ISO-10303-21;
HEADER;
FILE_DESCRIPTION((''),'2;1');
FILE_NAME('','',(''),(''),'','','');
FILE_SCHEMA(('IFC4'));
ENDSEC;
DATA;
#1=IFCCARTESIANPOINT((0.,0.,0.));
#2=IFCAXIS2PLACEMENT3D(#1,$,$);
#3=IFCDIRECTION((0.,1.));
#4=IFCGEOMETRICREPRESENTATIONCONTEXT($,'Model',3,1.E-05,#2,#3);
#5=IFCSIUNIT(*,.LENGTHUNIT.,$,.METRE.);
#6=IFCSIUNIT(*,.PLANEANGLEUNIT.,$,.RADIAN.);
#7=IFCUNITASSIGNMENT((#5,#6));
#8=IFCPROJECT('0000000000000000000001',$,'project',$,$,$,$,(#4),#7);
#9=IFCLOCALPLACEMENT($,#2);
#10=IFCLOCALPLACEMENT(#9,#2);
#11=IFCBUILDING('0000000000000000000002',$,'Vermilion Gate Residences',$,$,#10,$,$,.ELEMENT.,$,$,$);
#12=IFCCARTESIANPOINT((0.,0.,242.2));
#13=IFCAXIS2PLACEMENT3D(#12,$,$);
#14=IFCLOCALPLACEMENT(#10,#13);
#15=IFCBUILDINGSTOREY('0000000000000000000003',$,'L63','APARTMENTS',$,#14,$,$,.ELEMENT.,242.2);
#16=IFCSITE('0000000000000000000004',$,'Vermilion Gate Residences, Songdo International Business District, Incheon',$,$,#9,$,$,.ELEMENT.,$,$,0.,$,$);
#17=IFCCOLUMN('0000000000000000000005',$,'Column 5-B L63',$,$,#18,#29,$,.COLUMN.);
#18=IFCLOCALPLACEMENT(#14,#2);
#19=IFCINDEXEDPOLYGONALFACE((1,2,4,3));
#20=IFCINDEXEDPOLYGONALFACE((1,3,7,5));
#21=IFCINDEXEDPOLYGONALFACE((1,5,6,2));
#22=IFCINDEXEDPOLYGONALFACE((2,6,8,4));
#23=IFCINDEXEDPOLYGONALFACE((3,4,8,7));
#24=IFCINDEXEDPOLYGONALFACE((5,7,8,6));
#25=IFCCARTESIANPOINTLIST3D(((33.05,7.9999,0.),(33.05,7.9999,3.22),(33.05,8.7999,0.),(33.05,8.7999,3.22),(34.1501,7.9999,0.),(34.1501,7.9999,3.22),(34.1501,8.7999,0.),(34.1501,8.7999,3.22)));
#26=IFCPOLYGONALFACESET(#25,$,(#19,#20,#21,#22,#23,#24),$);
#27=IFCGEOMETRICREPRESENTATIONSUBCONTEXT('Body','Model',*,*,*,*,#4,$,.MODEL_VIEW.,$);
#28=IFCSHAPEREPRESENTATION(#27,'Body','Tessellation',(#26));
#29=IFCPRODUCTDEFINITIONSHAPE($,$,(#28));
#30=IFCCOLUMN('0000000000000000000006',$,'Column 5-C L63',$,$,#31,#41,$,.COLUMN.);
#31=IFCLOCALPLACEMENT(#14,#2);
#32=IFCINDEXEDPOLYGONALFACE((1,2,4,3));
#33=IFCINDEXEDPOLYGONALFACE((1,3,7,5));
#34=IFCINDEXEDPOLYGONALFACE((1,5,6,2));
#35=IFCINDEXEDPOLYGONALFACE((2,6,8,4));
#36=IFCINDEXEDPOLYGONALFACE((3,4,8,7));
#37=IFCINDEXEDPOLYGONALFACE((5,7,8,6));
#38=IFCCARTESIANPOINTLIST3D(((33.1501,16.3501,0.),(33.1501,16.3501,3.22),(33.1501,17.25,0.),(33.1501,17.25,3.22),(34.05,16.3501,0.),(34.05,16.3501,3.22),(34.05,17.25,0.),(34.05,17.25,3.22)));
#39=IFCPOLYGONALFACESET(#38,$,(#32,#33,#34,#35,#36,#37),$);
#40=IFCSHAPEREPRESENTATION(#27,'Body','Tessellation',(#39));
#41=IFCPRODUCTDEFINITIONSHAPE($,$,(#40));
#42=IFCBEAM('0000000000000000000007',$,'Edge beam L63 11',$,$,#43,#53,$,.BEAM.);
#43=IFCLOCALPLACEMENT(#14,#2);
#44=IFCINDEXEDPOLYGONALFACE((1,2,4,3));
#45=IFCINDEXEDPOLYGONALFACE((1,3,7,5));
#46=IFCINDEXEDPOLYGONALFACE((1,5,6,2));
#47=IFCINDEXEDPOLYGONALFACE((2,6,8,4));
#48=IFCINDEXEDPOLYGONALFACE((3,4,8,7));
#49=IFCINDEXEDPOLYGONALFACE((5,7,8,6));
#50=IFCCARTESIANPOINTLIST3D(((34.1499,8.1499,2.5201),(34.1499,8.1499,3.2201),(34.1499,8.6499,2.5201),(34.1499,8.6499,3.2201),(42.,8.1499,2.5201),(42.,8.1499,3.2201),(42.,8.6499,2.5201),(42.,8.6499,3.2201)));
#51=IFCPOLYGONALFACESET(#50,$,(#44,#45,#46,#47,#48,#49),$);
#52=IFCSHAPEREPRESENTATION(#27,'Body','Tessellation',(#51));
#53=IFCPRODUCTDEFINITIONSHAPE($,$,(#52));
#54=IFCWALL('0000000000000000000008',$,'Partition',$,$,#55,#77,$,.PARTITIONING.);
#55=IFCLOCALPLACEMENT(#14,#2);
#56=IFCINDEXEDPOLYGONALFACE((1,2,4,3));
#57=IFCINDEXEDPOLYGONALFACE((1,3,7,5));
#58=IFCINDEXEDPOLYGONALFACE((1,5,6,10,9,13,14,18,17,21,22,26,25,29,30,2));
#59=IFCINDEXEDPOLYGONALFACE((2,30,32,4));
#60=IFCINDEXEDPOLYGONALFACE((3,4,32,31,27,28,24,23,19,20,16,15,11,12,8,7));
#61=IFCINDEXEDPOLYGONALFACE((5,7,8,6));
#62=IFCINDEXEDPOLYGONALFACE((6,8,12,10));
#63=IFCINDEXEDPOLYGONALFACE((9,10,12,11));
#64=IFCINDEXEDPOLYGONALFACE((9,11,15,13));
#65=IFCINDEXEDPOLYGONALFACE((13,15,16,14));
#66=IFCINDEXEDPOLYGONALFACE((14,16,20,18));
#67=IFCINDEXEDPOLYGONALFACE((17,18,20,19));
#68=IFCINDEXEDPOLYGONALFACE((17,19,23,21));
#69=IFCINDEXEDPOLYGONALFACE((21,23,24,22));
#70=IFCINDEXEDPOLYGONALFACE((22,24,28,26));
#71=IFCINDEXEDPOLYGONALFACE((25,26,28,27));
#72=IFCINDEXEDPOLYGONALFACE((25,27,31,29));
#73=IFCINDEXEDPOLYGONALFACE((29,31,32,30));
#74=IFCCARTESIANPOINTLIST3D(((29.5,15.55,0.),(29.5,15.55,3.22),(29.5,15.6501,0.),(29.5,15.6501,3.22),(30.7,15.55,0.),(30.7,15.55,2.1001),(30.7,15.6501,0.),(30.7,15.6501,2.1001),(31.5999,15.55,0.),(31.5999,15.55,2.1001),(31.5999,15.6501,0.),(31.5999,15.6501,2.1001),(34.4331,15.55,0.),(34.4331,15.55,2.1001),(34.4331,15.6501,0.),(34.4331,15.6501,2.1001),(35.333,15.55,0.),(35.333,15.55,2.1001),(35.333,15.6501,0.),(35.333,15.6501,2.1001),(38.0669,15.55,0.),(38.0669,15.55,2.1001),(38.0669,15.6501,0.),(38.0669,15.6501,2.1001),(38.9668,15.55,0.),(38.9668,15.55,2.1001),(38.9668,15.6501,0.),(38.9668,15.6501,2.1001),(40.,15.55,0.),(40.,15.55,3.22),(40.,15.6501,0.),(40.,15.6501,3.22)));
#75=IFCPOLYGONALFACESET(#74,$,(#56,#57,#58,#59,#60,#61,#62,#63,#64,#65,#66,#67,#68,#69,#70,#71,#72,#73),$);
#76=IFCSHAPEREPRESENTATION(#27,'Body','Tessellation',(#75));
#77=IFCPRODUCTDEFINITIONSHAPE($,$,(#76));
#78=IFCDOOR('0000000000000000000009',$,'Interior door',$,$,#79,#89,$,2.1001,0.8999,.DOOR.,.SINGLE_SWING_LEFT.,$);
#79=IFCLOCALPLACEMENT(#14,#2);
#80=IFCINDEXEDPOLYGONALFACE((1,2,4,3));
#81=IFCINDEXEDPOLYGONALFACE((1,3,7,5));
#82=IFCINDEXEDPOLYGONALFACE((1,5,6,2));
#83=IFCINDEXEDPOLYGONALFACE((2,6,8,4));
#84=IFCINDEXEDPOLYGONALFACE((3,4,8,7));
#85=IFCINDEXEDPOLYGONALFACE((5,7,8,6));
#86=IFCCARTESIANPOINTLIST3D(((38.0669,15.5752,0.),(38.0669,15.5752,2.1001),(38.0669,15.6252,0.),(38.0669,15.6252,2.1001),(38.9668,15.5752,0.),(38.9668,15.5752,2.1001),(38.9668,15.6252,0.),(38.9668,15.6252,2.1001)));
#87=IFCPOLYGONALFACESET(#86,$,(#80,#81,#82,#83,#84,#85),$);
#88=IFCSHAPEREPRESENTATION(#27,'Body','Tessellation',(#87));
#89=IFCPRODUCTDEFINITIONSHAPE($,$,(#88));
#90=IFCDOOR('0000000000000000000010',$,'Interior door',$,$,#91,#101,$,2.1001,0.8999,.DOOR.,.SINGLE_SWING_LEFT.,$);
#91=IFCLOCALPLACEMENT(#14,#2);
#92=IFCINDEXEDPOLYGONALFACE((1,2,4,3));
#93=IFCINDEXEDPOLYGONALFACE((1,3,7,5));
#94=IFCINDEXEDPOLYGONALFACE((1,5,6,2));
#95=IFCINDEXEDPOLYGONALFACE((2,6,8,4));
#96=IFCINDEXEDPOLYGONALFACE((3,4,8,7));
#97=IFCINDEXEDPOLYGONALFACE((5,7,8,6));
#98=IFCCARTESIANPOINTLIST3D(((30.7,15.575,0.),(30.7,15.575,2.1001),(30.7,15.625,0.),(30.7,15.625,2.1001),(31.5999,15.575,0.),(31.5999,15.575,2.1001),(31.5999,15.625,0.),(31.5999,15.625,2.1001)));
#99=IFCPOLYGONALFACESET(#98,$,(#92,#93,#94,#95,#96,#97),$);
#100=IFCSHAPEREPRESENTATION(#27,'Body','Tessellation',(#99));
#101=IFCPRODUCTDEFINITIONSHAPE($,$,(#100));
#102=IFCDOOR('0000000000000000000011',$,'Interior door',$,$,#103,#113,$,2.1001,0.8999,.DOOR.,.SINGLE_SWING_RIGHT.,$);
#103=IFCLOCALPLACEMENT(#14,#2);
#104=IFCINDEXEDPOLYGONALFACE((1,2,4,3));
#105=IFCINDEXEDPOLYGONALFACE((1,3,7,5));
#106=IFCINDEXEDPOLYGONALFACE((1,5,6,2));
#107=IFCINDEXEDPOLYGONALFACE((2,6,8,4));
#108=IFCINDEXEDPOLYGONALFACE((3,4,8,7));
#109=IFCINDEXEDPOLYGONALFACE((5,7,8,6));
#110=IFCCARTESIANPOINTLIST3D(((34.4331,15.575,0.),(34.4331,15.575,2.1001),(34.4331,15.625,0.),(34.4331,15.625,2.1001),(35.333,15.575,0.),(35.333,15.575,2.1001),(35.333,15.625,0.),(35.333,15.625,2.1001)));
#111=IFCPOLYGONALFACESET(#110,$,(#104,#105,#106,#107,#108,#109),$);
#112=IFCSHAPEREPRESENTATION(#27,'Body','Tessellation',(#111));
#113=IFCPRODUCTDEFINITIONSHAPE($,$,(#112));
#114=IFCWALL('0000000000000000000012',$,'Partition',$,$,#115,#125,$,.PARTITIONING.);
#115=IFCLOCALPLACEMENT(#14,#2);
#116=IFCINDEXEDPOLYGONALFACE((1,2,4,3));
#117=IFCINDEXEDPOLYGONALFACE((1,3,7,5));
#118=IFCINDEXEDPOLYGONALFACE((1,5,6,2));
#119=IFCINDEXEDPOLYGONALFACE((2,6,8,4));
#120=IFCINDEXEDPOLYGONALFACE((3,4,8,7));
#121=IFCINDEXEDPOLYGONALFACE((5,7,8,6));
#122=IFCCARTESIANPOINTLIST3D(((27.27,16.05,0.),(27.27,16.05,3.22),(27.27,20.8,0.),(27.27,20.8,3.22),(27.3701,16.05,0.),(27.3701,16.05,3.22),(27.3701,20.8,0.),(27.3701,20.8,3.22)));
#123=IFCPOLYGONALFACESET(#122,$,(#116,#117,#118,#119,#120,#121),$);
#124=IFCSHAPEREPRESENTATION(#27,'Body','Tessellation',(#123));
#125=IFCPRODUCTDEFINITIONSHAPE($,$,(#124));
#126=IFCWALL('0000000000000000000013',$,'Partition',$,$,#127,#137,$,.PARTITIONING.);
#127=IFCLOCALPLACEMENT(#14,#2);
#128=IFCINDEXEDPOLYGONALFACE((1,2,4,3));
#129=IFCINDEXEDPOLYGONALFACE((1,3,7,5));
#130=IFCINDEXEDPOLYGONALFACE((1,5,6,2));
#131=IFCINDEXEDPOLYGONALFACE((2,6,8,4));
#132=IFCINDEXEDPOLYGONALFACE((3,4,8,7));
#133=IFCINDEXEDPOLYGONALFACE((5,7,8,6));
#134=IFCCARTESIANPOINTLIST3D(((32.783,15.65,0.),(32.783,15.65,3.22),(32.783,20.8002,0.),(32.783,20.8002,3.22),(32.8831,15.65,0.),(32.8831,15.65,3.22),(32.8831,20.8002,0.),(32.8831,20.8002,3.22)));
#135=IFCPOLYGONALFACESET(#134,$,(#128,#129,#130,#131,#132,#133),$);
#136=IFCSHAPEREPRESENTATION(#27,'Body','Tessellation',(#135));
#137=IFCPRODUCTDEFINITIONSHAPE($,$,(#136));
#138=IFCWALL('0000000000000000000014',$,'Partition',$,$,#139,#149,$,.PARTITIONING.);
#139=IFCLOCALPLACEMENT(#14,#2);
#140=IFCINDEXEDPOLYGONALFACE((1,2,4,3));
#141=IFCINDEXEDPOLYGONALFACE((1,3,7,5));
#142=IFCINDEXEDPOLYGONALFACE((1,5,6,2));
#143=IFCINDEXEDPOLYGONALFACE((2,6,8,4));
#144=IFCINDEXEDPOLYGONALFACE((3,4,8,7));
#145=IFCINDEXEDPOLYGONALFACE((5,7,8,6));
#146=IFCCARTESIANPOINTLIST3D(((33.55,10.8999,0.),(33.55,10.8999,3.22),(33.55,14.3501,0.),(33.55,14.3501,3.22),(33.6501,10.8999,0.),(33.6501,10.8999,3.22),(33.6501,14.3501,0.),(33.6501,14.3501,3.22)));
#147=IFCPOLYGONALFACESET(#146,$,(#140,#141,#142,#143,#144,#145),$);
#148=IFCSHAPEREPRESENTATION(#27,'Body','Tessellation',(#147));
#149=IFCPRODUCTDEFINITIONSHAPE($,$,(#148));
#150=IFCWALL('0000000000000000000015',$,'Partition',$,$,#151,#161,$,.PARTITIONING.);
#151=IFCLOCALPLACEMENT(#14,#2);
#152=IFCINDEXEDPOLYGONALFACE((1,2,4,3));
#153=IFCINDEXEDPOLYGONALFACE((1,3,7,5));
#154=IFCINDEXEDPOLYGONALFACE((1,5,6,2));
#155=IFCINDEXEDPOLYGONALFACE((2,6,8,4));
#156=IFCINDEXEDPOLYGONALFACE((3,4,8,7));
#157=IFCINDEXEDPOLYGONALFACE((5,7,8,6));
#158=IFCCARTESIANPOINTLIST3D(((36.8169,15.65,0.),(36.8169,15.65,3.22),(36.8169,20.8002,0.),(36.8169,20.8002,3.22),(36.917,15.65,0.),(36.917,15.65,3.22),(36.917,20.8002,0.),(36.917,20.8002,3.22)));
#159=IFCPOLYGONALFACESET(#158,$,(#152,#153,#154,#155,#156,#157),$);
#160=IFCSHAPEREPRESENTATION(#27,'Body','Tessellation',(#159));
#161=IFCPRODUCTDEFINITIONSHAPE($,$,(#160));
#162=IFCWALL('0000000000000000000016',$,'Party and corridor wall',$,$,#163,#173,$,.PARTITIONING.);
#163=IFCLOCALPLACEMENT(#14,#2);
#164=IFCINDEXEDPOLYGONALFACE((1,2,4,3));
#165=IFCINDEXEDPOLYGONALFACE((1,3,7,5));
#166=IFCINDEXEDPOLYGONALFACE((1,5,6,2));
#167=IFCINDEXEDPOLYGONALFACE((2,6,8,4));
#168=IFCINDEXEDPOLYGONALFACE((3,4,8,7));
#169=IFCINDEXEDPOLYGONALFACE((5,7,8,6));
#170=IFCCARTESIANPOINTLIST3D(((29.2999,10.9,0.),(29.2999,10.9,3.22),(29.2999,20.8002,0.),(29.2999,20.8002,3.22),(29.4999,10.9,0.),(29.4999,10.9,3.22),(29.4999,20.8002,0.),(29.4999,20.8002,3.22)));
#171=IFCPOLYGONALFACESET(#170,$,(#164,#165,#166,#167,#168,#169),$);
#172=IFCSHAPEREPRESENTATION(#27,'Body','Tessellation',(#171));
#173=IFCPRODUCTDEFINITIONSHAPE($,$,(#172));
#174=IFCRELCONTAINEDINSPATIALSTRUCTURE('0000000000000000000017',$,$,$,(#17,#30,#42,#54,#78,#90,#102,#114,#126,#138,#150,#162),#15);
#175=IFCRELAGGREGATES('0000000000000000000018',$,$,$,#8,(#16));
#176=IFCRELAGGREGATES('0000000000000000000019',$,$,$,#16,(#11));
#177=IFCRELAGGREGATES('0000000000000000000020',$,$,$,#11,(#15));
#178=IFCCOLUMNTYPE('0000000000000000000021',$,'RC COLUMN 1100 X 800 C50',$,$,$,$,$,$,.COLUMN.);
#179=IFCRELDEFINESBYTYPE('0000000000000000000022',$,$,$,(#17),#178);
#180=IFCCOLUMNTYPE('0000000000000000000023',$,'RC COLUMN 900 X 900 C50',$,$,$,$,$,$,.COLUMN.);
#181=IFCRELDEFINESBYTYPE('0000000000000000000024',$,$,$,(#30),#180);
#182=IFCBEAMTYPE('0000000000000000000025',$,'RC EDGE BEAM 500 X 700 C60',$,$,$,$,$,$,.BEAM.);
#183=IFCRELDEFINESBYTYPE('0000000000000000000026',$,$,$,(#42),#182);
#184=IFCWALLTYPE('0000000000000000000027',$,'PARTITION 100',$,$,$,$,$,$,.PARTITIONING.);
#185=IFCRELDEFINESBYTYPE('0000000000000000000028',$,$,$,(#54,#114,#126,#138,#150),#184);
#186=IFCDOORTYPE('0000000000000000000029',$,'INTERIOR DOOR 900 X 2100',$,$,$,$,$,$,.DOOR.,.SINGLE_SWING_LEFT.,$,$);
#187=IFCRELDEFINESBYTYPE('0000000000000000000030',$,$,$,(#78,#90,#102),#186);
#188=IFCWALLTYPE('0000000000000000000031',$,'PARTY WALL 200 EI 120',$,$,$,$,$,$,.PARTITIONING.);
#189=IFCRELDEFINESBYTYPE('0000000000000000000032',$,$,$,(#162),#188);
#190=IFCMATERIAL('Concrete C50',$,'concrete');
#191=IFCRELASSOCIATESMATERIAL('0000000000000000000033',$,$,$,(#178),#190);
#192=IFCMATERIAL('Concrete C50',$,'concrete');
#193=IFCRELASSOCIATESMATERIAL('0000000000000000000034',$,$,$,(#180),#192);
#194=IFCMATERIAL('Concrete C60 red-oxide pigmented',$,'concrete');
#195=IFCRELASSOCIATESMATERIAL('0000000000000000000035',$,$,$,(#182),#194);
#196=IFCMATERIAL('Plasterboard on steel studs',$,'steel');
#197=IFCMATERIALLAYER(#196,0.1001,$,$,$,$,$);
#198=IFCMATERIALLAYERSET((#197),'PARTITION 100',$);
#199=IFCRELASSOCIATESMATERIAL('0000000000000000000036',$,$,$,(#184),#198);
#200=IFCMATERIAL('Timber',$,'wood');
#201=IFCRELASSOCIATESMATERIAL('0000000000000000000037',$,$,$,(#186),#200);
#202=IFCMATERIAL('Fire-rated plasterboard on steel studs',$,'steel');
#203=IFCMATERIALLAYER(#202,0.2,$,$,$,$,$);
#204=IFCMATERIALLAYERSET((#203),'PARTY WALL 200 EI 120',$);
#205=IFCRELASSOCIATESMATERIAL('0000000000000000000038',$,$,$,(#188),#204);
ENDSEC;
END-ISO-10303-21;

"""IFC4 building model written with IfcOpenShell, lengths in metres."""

from ifc_helpers import new_model, si_unit, direction, frame, frame_2d, origin, origin_2d, place, context, subcontext, project, spatial, rectangle, extrude, material, layer, layer_set, material_profile, profile_set, type_object, element, fill, save


model = new_model("IFC4")

# Units and contexts
model_context = context("Model", 3, precision=1e-05, world=origin(), true_north=direction((0.0, 1.0)))
body_context = subcontext(model_context, "Body", "Model", "MODEL_VIEW")
ifc_project = project(units=[si_unit("LENGTHUNIT", "METRE"), si_unit("PLANEANGLEUNIT", "RADIAN")], contexts=[model_context])

# Site, building, storey
site_placement = place(None, origin())
site = spatial("IfcSite", under=ifc_project, at=site_placement, Name="Vermilion Gate Residences, Songdo International Business District, Incheon", CompositionType="ELEMENT", RefElevation=0.0)
building_placement = place(site_placement, origin())
building = spatial("IfcBuilding", under=site, at=building_placement, Name="Vermilion Gate Residences", CompositionType="ELEMENT")
storey_placement = place(building_placement, frame((0.0, 0.0, 242.2)))
storey = spatial("IfcBuildingStorey", under=building, at=storey_placement, Name="L63", Description="APARTMENTS", CompositionType="ELEMENT", Elevation=242.2)

# Columns
ifc_material_1 = material(Name="Concrete C50", Category="concrete")
ifc_material_profile_1 = material_profile(ifc_material_1, rectangle(XDim=1.1001, YDim=0.8, at=origin_2d()), Name="RC-1100x800")
ifc_profile_set_1 = profile_set([ifc_material_profile_1], Name="Concrete C50")
column_type_1 = type_object("IfcColumnType", Name="RC COLUMN 1100 X 800 C50", PredefinedType="COLUMN", material=ifc_profile_set_1)
column_1_placement = place(storey_placement, frame((33.6001, 8.3999, 0.0), z_axis=(0.0, 0.0, 1.0), x_axis=(1.0, 0.0, 0.0)))
element("IfcColumn", 1, at=column_1_placement, inside=storey, type_object=column_type_1, Name="Column 5-B L63", PredefinedType="COLUMN", context=body_context, shape_type="SweptSolid", body=[
    extrude(rectangle(XDim=1.1001, YDim=0.8, at=origin_2d()), origin(), (0.0, 0.0, 1.0), 3.22),
])
ifc_material_2 = material(Name="Concrete C50", Category="concrete")
ifc_material_profile_2 = material_profile(ifc_material_2, rectangle(XDim=0.8999, YDim=0.8999, at=origin_2d()), Name="RC-900x900")
ifc_profile_set_2 = profile_set([ifc_material_profile_2], Name="Concrete C50")
column_type_2 = type_object("IfcColumnType", Name="RC COLUMN 900 X 900 C50", PredefinedType="COLUMN", material=ifc_profile_set_2)
column_2_placement = place(storey_placement, frame((33.6001, 16.8, 0.0), z_axis=(0.0, 0.0, 1.0), x_axis=(1.0, 0.0, 0.0)))
element("IfcColumn", 2, at=column_2_placement, inside=storey, type_object=column_type_2, Name="Column 5-C L63", PredefinedType="COLUMN", context=body_context, shape_type="SweptSolid", body=[
    extrude(rectangle(XDim=0.8999, YDim=0.8999, at=origin_2d()), origin(), (0.0, 0.0, 1.0), 3.22),
])

# Beam
ifc_material_3 = material(Name="Concrete C60 red-oxide pigmented", Category="concrete")
ifc_material_profile_3 = material_profile(ifc_material_3, rectangle(XDim=0.5, YDim=0.7, at=origin_2d()), Name="RC-500x700")
ifc_profile_set_3 = profile_set([ifc_material_profile_3], Name="Concrete C60 red-oxide pigmented")
beam_type = type_object("IfcBeamType", Name="RC EDGE BEAM 500 X 700 C60", PredefinedType="BEAM", material=ifc_profile_set_3)
beam_placement = place(storey_placement, frame((34.1499, 8.3999, 2.8701), z_axis=(1.0, 0.0, 0.0), x_axis=(0.0, 1.0, 0.0)))
element("IfcBeam", 3, at=beam_placement, inside=storey, type_object=beam_type, Name="Edge beam L63 11", PredefinedType="BEAM", context=body_context, shape_type="SweptSolid", body=[
    extrude(rectangle(XDim=0.5, YDim=0.7, at=origin_2d()), origin(), (0.0, 0.0, 1.0), 7.8501),
])

# Wall, openings, doors
ifc_material_4 = material(Name="Plasterboard on steel studs", Category="steel")
ifc_layer_1 = layer(ifc_material_4, 0.1001)
ifc_layer_set_1 = layer_set([ifc_layer_1], Name="PARTITION 100")
wall_type_1 = type_object("IfcWallType", Name="PARTITION 100", PredefinedType="PARTITIONING", material=ifc_layer_set_1)
wall_1_placement = place(storey_placement, frame((29.5, 15.6001, 0.0), z_axis=(0.0, 0.0, 1.0), x_axis=(1.0, 0.0, 0.0)))
wall_1 = element("IfcWall", 4, at=wall_1_placement, inside=storey, type_object=wall_type_1, Name="Partition", PredefinedType="PARTITIONING", context=body_context, shape_type="SweptSolid", body=[
    extrude(rectangle(XDim=10.5, YDim=0.1001, at=frame_2d((5.25, 0.0))), origin(), (0.0, 0.0, 1.0), 3.22),
])
opening_1_placement = place(wall_1_placement, frame((8.5669, 0.0, 0.0)))
opening_1 = element("IfcOpeningElement", 5, at=opening_1_placement, cuts=wall_1, PredefinedType="OPENING", context=body_context, shape_type="SweptSolid", body=[
    extrude(rectangle(XDim=0.8999, YDim=2.1001, at=frame_2d((0.45, 1.05))), frame((0.0, 0.0601, 0.0), z_axis=(0.0, -1.0, 0.0), x_axis=(1.0, 0.0, 0.0)), (0.0, 0.0, 1.0), 0.1201),
])
opening_2_placement = place(wall_1_placement, frame((1.2, 0.0, 0.0)))
opening_2 = element("IfcOpeningElement", 6, at=opening_2_placement, cuts=wall_1, PredefinedType="OPENING", context=body_context, shape_type="SweptSolid", body=[
    extrude(rectangle(XDim=0.8999, YDim=2.1001, at=frame_2d((0.45, 1.05))), frame((0.0, 0.0601, 0.0), z_axis=(0.0, -1.0, 0.0), x_axis=(1.0, 0.0, 0.0)), (0.0, 0.0, 1.0), 0.1201),
])
opening_3_placement = place(wall_1_placement, frame((4.9331, 0.0, 0.0)))
opening_3 = element("IfcOpeningElement", 7, at=opening_3_placement, cuts=wall_1, PredefinedType="OPENING", context=body_context, shape_type="SweptSolid", body=[
    extrude(rectangle(XDim=0.8999, YDim=2.1001, at=frame_2d((0.45, 1.05))), frame((0.0, 0.0601, 0.0), z_axis=(0.0, -1.0, 0.0), x_axis=(1.0, 0.0, 0.0)), (0.0, 0.0, 1.0), 0.1201),
])
ifc_material_5 = material(Name="Timber", Category="wood")
door_type = type_object("IfcDoorType", Name="INTERIOR DOOR 900 X 2100", OperationType="SINGLE_SWING_LEFT", PredefinedType="DOOR", material=ifc_material_5)
door_1_placement = place(opening_1_placement, frame((0.8999, 0.0, 0.0), z_axis=(0.0, 0.0, 1.0), x_axis=(-1.0, 0.0, 0.0)))
door_1 = element("IfcDoor", 8, at=door_1_placement, inside=storey, type_object=door_type, Name="Interior door", OperationType="SINGLE_SWING_LEFT", OverallHeight=2.1001, OverallWidth=0.8999, PredefinedType="DOOR", context=body_context, shape_type="SweptSolid", body=[
    extrude(rectangle(XDim=0.8999, YDim=2.1001, at=frame_2d((0.45, 1.05))), frame((0.0, 0.0249, 0.0), z_axis=(0.0, -1.0, 0.0), x_axis=(1.0, 0.0, 0.0)), (0.0, 0.0, 1.0), 0.05),
])
fill(opening_1, door_1)
door_2_placement = place(opening_2_placement, origin())
door_2 = element("IfcDoor", 9, at=door_2_placement, inside=storey, type_object=door_type, Name="Interior door", OperationType="SINGLE_SWING_LEFT", OverallHeight=2.1001, OverallWidth=0.8999, PredefinedType="DOOR", context=body_context, shape_type="SweptSolid", body=[
    extrude(rectangle(XDim=0.8999, YDim=2.1001, at=frame_2d((0.45, 1.05))), frame((0.0, 0.0249, 0.0), z_axis=(0.0, -1.0, 0.0), x_axis=(1.0, 0.0, 0.0)), (0.0, 0.0, 1.0), 0.05),
])
fill(opening_2, door_2)
door_3_placement = place(opening_3_placement, origin())
door_3 = element("IfcDoor", 10, at=door_3_placement, inside=storey, type_object=door_type, Name="Interior door", OperationType="SINGLE_SWING_RIGHT", OverallHeight=2.1001, OverallWidth=0.8999, PredefinedType="DOOR", context=body_context, shape_type="SweptSolid", body=[
    extrude(rectangle(XDim=0.8999, YDim=2.1001, at=frame_2d((0.45, 1.05))), frame((0.0, 0.0249, 0.0), z_axis=(0.0, -1.0, 0.0), x_axis=(1.0, 0.0, 0.0)), (0.0, 0.0, 1.0), 0.05),
])
fill(opening_3, door_3)

# Walls
wall_2_placement = place(storey_placement, frame((27.3201, 16.05, 0.0), z_axis=(0.0, 0.0, 1.0), x_axis=(0.0, 1.0, 0.0)))
element("IfcWall", 11, at=wall_2_placement, inside=storey, type_object=wall_type_1, Name="Partition", PredefinedType="PARTITIONING", context=body_context, shape_type="SweptSolid", body=[
    extrude(rectangle(XDim=4.75, YDim=0.1001, at=frame_2d((2.375, 0.0))), origin(), (0.0, 0.0, 1.0), 3.22),
])
wall_3_placement = place(storey_placement, frame((32.833, 15.6499, 0.0), z_axis=(0.0, 0.0, 1.0), x_axis=(0.0, 1.0, 0.0)))
element("IfcWall", 12, at=wall_3_placement, inside=storey, type_object=wall_type_1, Name="Partition", PredefinedType="PARTITIONING", context=body_context, shape_type="SweptSolid", body=[
    extrude(rectangle(XDim=5.1501, YDim=0.1001, at=frame_2d((2.5752, 0.0))), origin(), (0.0, 0.0, 1.0), 3.22),
])
wall_4_placement = place(storey_placement, frame((33.6001, 10.8999, 0.0), z_axis=(0.0, 0.0, 1.0), x_axis=(0.0, 1.0, 0.0)))
element("IfcWall", 13, at=wall_4_placement, inside=storey, type_object=wall_type_1, Name="Partition", PredefinedType="PARTITIONING", context=body_context, shape_type="SweptSolid", body=[
    extrude(rectangle(XDim=3.4502, YDim=0.1001, at=frame_2d((1.7251, 0.0))), origin(), (0.0, 0.0, 1.0), 3.22),
])
wall_5_placement = place(storey_placement, frame((36.8669, 15.6499, 0.0), z_axis=(0.0, 0.0, 1.0), x_axis=(0.0, 1.0, 0.0)))
element("IfcWall", 14, at=wall_5_placement, inside=storey, type_object=wall_type_1, Name="Partition", PredefinedType="PARTITIONING", context=body_context, shape_type="SweptSolid", body=[
    extrude(rectangle(XDim=5.1501, YDim=0.1001, at=frame_2d((2.5752, 0.0))), origin(), (0.0, 0.0, 1.0), 3.22),
])
ifc_material_6 = material(Name="Fire-rated plasterboard on steel studs", Category="steel")
ifc_layer_2 = layer(ifc_material_6, 0.2)
ifc_layer_set_2 = layer_set([ifc_layer_2], Name="PARTY WALL 200 EI 120")
wall_type_2 = type_object("IfcWallType", Name="PARTY WALL 200 EI 120", PredefinedType="PARTITIONING", material=ifc_layer_set_2)
wall_6_placement = place(storey_placement, frame((29.3999, 10.8999, 0.0), z_axis=(0.0, 0.0, 1.0), x_axis=(0.0, 1.0, 0.0)))
element("IfcWall", 15, at=wall_6_placement, inside=storey, type_object=wall_type_2, Name="Party and corridor wall", PredefinedType="PARTITIONING", context=body_context, shape_type="SweptSolid", body=[
    extrude(rectangle(XDim=9.9001, YDim=0.2, at=frame_2d((4.9502, 0.0))), origin(), (0.0, 0.0, 1.0), 3.22),
])

save(model, "model.ifc")
